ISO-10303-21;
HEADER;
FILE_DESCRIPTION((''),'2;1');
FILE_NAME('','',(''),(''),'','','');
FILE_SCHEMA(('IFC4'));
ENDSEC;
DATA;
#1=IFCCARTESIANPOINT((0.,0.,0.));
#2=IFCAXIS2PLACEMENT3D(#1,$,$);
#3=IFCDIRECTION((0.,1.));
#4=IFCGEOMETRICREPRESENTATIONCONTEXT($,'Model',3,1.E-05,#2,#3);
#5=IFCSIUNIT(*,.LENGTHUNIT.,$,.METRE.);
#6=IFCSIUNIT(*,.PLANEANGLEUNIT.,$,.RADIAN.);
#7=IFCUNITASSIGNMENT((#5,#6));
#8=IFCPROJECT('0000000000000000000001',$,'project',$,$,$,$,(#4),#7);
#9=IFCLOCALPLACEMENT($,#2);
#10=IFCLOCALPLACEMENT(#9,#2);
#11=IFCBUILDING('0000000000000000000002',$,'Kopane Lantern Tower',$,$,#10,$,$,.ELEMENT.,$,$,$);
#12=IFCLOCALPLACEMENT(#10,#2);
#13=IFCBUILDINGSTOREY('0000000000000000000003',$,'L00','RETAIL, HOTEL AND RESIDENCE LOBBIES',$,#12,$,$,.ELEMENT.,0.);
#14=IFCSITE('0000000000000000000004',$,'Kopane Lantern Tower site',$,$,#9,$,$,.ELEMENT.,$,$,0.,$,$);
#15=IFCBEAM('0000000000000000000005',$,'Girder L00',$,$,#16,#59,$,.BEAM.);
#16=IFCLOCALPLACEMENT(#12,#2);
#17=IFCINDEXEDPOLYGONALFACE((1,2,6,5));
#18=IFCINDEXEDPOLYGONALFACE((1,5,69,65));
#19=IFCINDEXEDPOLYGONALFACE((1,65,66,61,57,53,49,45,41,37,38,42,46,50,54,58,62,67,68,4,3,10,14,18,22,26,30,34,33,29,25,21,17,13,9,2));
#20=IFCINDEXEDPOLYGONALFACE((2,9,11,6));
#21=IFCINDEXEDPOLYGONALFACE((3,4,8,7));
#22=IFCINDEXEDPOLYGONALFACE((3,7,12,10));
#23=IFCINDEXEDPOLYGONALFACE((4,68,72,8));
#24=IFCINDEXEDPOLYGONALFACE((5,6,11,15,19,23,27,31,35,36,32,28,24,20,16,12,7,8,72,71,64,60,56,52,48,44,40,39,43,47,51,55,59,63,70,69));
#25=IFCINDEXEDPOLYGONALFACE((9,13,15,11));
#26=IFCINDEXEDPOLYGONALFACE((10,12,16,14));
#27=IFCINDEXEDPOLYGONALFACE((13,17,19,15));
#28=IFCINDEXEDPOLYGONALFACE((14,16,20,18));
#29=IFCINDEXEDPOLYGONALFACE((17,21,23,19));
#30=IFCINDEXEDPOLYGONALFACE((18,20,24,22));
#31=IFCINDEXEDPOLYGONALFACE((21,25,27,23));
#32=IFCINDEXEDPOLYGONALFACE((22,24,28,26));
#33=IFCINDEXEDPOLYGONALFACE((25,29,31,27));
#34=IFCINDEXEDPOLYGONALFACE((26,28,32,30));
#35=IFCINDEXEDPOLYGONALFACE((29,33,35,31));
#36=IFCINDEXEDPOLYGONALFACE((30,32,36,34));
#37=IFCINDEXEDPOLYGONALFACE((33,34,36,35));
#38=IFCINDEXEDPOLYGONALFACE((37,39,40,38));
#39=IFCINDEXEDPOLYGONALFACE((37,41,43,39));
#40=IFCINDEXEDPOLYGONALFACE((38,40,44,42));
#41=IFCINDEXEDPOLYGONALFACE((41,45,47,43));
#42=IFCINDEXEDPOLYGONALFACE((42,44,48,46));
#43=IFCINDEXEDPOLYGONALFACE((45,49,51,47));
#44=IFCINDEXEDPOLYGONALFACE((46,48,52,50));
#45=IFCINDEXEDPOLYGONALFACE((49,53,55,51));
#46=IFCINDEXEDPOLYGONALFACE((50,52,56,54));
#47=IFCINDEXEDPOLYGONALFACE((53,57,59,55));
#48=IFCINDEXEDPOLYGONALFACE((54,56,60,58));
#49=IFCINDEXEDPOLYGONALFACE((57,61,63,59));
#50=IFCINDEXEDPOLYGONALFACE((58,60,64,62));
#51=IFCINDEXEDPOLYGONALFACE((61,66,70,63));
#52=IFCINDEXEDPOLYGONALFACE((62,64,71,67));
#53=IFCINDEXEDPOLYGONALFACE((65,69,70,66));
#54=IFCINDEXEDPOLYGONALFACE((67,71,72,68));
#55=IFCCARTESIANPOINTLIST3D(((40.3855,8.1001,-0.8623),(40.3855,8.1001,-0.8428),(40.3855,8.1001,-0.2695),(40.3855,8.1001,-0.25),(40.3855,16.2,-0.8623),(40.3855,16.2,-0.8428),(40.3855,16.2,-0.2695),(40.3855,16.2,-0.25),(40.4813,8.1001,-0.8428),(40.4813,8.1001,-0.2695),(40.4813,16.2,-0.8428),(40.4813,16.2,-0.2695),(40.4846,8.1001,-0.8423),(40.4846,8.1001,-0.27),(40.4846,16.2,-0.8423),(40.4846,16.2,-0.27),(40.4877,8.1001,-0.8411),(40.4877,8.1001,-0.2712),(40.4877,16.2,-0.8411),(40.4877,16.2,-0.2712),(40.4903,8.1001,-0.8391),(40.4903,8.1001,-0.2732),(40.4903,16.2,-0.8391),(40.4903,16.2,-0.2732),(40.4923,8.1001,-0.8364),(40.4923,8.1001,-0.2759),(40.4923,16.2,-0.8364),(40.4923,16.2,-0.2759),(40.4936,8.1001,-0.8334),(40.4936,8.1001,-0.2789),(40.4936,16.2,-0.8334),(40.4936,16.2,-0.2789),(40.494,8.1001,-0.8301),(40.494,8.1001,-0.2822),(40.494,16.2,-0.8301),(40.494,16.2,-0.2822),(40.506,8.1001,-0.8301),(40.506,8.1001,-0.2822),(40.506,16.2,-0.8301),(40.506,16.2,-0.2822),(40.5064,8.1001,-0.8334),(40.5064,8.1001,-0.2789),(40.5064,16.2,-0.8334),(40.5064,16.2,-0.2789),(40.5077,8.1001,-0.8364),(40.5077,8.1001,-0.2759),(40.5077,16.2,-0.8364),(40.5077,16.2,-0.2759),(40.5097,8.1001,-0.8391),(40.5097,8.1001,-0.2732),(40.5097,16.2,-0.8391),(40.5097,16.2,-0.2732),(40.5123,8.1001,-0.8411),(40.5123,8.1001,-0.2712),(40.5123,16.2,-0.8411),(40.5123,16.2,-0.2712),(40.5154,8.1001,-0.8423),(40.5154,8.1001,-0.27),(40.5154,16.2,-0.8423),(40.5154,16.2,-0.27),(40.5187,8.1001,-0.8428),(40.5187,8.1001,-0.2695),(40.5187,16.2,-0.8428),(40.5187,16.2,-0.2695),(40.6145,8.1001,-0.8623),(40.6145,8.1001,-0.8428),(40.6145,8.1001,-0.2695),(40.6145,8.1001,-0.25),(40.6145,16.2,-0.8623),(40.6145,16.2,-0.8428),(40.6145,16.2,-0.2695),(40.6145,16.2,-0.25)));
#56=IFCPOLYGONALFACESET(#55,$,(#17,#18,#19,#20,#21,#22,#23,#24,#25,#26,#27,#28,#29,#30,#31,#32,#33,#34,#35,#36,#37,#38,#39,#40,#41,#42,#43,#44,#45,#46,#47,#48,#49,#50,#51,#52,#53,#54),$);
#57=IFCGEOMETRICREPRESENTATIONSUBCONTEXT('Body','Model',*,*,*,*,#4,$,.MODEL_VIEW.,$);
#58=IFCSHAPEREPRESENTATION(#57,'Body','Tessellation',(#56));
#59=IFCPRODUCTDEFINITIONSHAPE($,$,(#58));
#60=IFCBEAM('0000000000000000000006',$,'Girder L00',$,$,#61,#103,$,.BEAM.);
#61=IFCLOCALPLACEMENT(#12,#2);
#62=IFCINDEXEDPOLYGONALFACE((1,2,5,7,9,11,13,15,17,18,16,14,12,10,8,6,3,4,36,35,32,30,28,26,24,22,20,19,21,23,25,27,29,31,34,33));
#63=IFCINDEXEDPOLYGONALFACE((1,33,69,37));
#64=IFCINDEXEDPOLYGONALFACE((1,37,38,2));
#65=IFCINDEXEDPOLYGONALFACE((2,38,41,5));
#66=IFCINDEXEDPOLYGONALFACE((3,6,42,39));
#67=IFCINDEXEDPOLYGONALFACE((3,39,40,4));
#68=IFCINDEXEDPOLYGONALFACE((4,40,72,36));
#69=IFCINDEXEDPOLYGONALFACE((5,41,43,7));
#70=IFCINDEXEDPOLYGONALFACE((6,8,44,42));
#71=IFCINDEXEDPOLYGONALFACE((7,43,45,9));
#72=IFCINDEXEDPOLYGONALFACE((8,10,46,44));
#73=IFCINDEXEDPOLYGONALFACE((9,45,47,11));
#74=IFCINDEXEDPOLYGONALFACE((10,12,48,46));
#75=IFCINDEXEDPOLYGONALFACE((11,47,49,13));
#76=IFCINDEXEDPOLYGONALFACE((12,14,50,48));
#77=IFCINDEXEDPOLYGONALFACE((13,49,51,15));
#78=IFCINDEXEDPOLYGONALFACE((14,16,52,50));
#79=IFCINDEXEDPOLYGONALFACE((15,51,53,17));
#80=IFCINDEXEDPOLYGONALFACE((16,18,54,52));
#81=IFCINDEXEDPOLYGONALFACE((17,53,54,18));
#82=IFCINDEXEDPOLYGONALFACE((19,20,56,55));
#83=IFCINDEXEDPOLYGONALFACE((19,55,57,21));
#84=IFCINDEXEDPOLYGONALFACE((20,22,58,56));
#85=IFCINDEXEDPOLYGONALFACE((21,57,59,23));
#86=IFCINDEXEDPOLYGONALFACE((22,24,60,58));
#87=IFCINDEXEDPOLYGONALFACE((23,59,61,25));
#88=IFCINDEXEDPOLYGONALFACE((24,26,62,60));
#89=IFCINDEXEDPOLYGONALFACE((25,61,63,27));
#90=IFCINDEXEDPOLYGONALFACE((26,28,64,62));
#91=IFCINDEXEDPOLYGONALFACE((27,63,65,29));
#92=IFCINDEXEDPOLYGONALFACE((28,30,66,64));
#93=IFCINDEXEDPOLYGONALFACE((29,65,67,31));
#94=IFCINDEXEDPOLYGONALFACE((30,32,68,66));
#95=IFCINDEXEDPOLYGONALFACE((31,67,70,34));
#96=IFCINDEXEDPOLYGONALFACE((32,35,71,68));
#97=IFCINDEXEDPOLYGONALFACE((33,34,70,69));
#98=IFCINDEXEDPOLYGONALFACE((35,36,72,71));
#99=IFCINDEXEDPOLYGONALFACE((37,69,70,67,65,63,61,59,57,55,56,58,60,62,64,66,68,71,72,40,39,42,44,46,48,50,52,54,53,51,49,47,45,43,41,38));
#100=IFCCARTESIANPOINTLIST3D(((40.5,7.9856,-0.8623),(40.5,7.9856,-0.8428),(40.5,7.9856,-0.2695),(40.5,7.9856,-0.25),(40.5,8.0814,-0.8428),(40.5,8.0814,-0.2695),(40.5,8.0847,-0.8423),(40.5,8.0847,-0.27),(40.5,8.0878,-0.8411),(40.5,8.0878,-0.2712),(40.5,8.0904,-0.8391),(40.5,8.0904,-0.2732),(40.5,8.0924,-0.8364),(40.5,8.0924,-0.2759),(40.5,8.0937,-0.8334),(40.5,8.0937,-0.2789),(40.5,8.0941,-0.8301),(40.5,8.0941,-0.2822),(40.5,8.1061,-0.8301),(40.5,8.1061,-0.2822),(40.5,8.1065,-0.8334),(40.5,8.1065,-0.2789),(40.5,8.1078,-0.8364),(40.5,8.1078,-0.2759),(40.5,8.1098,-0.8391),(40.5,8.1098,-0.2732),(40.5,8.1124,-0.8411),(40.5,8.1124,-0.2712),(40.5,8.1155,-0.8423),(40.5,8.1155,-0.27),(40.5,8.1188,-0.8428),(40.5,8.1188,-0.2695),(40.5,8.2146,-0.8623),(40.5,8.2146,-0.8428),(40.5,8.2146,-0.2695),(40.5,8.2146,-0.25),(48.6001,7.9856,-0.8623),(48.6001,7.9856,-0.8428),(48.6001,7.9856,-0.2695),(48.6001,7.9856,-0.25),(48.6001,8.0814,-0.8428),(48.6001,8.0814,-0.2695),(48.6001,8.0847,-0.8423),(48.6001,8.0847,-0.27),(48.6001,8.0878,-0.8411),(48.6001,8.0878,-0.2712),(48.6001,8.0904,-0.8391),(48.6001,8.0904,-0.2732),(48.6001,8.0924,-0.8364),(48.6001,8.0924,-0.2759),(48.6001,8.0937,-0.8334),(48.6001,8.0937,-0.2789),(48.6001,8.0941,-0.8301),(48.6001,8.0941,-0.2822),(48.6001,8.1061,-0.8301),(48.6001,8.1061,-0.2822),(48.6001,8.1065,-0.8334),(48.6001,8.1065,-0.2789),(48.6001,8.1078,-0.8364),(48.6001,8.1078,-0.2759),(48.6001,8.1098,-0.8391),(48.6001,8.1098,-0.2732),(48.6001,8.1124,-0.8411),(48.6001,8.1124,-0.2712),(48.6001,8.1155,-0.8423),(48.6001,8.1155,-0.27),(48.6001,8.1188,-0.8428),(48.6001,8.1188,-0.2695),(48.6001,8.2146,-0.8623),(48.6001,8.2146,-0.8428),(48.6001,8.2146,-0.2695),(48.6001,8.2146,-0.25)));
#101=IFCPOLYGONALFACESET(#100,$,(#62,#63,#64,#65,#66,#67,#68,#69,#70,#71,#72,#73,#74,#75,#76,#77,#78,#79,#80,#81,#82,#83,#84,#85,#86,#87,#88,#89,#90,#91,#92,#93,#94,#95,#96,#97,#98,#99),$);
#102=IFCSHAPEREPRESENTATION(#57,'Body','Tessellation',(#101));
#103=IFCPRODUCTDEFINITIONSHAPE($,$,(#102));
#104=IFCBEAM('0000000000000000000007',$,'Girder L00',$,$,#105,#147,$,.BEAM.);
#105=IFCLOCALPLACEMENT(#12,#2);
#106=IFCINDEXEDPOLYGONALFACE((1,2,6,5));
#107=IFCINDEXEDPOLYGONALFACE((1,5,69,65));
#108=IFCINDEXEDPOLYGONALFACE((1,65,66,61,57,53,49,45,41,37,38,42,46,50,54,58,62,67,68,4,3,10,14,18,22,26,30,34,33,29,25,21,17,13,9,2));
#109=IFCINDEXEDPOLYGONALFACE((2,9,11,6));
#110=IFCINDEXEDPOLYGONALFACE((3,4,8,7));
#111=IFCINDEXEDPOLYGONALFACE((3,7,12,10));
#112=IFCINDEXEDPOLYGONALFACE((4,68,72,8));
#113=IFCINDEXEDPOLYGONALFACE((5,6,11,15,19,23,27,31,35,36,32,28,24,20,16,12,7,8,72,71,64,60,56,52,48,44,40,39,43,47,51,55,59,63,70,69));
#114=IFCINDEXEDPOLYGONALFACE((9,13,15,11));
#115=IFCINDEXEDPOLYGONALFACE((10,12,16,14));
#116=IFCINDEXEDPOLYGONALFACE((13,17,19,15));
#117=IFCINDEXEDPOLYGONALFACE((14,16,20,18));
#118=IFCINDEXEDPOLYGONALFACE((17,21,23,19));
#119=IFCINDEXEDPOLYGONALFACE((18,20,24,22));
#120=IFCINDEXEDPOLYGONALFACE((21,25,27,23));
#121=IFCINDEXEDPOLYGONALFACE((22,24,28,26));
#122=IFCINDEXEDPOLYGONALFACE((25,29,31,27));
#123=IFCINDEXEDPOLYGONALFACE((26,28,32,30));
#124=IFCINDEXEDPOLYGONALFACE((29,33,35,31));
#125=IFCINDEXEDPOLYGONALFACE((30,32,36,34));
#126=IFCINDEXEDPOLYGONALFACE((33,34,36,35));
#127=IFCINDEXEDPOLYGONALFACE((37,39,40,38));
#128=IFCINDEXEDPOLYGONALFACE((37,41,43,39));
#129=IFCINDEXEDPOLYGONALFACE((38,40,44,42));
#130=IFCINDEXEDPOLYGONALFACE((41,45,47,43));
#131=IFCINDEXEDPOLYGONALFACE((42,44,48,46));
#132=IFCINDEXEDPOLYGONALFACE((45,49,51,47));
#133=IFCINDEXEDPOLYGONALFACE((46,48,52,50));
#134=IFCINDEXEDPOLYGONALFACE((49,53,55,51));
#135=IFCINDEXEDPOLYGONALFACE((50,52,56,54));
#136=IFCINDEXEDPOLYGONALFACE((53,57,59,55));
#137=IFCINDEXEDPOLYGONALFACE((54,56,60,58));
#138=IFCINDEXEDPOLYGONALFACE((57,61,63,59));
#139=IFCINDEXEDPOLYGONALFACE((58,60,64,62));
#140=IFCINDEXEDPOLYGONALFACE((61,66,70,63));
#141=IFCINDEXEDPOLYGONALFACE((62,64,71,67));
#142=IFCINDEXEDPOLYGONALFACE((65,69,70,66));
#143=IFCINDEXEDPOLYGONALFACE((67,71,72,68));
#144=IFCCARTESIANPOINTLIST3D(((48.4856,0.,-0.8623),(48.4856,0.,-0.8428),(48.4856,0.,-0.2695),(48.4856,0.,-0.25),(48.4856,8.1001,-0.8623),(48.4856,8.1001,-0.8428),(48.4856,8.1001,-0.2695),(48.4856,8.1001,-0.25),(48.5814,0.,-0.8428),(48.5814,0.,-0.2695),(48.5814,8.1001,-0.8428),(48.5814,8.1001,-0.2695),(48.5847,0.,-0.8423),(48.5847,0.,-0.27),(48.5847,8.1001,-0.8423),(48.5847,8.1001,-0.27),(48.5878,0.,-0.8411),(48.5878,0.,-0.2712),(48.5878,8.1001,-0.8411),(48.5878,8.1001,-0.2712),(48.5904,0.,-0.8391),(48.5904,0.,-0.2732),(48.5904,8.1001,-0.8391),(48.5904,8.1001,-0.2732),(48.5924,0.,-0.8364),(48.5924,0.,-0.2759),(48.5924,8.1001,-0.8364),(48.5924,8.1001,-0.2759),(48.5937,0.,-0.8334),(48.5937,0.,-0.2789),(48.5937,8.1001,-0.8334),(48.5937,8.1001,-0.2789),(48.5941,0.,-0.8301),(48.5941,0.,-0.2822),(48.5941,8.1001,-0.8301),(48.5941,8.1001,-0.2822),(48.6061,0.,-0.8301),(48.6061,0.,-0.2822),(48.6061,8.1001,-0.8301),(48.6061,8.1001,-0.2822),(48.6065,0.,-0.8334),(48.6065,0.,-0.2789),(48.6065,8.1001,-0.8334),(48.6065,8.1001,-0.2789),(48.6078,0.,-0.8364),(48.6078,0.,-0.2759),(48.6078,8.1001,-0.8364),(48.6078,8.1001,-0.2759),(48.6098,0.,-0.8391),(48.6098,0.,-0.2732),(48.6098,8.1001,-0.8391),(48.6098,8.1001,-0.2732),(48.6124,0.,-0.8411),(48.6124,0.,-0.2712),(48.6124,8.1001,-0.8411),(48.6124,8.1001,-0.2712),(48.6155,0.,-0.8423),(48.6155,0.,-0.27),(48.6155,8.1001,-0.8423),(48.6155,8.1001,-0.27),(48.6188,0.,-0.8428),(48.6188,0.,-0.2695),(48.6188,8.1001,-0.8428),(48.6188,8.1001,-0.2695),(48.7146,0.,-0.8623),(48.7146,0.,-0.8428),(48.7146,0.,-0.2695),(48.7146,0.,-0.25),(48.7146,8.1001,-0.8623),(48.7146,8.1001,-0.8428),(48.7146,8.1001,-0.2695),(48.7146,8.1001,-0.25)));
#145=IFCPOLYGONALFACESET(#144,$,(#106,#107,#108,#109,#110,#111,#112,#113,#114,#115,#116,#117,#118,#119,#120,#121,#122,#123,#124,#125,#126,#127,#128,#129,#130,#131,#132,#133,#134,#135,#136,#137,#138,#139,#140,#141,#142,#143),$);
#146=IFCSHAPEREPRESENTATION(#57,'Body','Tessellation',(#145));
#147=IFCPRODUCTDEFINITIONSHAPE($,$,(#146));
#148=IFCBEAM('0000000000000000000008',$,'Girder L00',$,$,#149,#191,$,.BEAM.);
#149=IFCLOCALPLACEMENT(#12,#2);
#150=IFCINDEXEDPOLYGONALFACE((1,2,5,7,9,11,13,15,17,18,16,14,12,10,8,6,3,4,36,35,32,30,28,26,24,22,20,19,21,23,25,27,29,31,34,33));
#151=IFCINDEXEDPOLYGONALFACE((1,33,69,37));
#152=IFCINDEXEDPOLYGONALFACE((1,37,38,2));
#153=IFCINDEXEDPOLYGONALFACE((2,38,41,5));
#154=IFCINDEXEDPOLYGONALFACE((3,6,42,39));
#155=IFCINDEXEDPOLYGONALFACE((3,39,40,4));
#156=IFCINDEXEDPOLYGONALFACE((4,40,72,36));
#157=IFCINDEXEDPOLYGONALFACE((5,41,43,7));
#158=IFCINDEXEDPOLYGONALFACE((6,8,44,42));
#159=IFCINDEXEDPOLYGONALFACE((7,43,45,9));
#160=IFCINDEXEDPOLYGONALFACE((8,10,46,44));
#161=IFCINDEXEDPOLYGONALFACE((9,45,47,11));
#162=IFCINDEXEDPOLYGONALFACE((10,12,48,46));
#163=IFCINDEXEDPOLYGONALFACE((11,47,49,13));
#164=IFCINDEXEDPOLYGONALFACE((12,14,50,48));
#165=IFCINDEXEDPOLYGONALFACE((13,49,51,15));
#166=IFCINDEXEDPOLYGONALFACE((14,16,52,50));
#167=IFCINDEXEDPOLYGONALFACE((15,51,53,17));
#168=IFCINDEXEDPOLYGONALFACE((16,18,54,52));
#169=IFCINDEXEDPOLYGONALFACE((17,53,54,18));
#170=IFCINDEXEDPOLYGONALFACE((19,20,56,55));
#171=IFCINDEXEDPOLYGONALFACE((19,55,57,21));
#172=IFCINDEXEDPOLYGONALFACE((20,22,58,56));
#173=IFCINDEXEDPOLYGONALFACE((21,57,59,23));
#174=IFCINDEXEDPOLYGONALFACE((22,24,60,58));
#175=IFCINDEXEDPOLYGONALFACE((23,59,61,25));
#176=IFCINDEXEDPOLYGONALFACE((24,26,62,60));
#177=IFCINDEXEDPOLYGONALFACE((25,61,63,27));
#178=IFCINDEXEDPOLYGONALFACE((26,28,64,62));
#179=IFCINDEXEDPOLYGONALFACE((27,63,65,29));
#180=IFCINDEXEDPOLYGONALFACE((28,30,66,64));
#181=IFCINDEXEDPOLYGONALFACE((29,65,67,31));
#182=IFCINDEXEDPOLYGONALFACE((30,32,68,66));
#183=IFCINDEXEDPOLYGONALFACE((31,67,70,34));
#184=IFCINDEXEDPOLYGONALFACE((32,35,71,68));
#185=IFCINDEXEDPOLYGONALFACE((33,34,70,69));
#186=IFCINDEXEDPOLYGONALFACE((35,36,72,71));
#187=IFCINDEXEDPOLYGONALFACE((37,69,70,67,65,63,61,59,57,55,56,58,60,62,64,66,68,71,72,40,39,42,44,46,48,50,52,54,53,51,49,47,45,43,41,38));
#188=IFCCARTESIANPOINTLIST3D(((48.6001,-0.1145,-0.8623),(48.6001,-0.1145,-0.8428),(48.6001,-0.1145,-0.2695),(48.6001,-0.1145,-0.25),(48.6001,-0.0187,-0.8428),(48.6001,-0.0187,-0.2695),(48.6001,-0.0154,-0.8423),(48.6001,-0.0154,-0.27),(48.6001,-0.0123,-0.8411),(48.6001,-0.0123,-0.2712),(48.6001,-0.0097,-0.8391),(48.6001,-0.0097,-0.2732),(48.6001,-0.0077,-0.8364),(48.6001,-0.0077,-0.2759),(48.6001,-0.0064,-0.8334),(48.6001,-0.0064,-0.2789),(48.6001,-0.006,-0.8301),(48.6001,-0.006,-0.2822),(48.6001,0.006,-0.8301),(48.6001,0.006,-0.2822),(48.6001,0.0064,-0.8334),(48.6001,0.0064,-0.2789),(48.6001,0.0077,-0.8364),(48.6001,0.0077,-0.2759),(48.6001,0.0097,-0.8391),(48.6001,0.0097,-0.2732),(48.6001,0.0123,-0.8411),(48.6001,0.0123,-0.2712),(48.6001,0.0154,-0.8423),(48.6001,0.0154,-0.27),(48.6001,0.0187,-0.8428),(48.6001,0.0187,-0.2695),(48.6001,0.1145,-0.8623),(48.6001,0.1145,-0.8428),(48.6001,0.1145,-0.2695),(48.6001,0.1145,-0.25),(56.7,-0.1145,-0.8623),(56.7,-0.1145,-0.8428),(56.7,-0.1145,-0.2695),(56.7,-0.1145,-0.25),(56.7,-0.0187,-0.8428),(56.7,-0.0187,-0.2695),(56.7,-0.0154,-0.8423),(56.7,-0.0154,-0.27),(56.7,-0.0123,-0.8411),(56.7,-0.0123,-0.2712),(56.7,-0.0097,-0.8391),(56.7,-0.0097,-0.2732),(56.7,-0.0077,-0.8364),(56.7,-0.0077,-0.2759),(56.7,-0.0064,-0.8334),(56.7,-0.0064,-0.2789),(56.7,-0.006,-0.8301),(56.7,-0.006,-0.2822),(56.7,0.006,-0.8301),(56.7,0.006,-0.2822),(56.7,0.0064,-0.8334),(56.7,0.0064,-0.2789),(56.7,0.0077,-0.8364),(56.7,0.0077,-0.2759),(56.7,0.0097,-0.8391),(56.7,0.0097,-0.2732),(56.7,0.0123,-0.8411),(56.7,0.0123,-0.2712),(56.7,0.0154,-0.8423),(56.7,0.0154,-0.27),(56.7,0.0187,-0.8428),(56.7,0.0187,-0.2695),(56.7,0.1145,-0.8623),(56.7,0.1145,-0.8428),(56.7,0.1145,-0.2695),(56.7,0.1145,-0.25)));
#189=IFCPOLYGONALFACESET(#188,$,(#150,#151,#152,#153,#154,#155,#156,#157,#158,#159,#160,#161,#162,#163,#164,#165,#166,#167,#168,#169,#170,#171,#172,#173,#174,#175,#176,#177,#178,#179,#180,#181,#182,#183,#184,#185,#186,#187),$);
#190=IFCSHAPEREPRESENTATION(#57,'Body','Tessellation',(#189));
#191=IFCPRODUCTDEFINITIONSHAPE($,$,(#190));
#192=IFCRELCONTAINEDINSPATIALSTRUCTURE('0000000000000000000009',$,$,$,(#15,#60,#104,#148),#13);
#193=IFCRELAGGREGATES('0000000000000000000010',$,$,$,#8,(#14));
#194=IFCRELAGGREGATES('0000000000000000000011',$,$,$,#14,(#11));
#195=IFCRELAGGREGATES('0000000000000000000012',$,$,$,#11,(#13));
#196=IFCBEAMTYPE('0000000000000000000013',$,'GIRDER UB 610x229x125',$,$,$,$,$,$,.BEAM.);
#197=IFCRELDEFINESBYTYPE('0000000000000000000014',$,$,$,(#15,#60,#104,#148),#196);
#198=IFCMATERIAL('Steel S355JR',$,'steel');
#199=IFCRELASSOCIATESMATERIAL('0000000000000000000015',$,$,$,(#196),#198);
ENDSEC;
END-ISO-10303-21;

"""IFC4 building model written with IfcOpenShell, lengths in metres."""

from ifc_helpers import new_model, si_unit, direction, frame, origin, origin_2d, place, context, subcontext, project, spatial, i_section, extrude, material, material_profile, profile_set, type_object, element, save


model = new_model("IFC4")

# Units and contexts
model_context = context("Model", 3, precision=1e-05, world=origin(), true_north=direction((0.0, 1.0)))
body_context = subcontext(model_context, "Body", "Model", "MODEL_VIEW")
ifc_project = project(units=[si_unit("LENGTHUNIT", "METRE"), si_unit("PLANEANGLEUNIT", "RADIAN")], contexts=[model_context])

# Site, building, storey
site_placement = place(None, origin())
site = spatial("IfcSite", under=ifc_project, at=site_placement, Name="Kopane Lantern Tower site", CompositionType="ELEMENT", RefElevation=0.0)
building_placement = place(site_placement, origin())
building = spatial("IfcBuilding", under=site, at=building_placement, Name="Kopane Lantern Tower", CompositionType="ELEMENT")
storey_placement = place(building_placement, origin())
storey = spatial("IfcBuildingStorey", under=building, at=storey_placement, Name="L00", Description="RETAIL, HOTEL AND RESIDENCE LOBBIES", CompositionType="ELEMENT", Elevation=0.0)

# Beams
ifc_material_1 = material(Name="Steel S355JR", Category="steel")
ifc_material_profile_1 = material_profile(ifc_material_1, i_section(OverallWidth=0.229, OverallDepth=0.6123, WebThickness=0.012, FlangeThickness=0.0195, FilletRadius=0.0127, at=origin_2d()), Name="UB 610x229x125")
ifc_profile_set_1 = profile_set([ifc_material_profile_1], Name="Steel S355JR")
beam_type = type_object("IfcBeamType", Name="GIRDER UB 610x229x125", PredefinedType="BEAM", material=ifc_profile_set_1)
beam_placement = place(storey_placement, frame((40.5, 8.1001, -0.5562), z_axis=(0.0, 1.0, 0.0), x_axis=(-1.0, 0.0, 0.0)))
element("IfcBeam", 1, at=beam_placement, inside=storey, type_object=beam_type, Name="Girder L00", PredefinedType="BEAM", context=body_context, shape_type="SweptSolid", body=[
    extrude(i_section(OverallWidth=0.229, OverallDepth=0.6123, WebThickness=0.012, FlangeThickness=0.0195, FilletRadius=0.0127, at=origin_2d()), origin(), (0.0, 0.0, 1.0), 8.0999),
])
for number, where, z_axis, x_axis, name in (
    (2, (40.5, 8.1001, -0.5562), (1.0, 0.0, 0.0), (0.0, 1.0, 0.0), "Girder L00"),
    (3, (48.6001, 0.0, -0.5562), (0.0, 1.0, 0.0), (-1.0, 0.0, 0.0), "Girder L00"),
):
    element("IfcBeam", number, at=place(storey_placement, frame(where, z_axis=z_axis, x_axis=x_axis)), inside=storey, type_object=beam_type, Name=name, PredefinedType="BEAM", context=body_context, shape_type="SweptSolid", body=[
        extrude(i_section(OverallWidth=0.229, OverallDepth=0.6123, WebThickness=0.012, FlangeThickness=0.0195, FilletRadius=0.0127, at=origin_2d()), origin(), (0.0, 0.0, 1.0), 8.1001),
    ])
for number, where, z_axis, x_axis, name in (
    (4, (48.6001, 0.0, -0.5562), (1.0, 0.0, 0.0), (0.0, 1.0, 0.0), "Girder L00"),
):
    element("IfcBeam", number, at=place(storey_placement, frame(where, z_axis=z_axis, x_axis=x_axis)), inside=storey, type_object=beam_type, Name=name, PredefinedType="BEAM", context=body_context, shape_type="SweptSolid", body=[
        extrude(i_section(OverallWidth=0.229, OverallDepth=0.6123, WebThickness=0.012, FlangeThickness=0.0195, FilletRadius=0.0127, at=origin_2d()), origin(), (0.0, 0.0, 1.0), 8.0999),
    ])

save(model, "model.ifc")
